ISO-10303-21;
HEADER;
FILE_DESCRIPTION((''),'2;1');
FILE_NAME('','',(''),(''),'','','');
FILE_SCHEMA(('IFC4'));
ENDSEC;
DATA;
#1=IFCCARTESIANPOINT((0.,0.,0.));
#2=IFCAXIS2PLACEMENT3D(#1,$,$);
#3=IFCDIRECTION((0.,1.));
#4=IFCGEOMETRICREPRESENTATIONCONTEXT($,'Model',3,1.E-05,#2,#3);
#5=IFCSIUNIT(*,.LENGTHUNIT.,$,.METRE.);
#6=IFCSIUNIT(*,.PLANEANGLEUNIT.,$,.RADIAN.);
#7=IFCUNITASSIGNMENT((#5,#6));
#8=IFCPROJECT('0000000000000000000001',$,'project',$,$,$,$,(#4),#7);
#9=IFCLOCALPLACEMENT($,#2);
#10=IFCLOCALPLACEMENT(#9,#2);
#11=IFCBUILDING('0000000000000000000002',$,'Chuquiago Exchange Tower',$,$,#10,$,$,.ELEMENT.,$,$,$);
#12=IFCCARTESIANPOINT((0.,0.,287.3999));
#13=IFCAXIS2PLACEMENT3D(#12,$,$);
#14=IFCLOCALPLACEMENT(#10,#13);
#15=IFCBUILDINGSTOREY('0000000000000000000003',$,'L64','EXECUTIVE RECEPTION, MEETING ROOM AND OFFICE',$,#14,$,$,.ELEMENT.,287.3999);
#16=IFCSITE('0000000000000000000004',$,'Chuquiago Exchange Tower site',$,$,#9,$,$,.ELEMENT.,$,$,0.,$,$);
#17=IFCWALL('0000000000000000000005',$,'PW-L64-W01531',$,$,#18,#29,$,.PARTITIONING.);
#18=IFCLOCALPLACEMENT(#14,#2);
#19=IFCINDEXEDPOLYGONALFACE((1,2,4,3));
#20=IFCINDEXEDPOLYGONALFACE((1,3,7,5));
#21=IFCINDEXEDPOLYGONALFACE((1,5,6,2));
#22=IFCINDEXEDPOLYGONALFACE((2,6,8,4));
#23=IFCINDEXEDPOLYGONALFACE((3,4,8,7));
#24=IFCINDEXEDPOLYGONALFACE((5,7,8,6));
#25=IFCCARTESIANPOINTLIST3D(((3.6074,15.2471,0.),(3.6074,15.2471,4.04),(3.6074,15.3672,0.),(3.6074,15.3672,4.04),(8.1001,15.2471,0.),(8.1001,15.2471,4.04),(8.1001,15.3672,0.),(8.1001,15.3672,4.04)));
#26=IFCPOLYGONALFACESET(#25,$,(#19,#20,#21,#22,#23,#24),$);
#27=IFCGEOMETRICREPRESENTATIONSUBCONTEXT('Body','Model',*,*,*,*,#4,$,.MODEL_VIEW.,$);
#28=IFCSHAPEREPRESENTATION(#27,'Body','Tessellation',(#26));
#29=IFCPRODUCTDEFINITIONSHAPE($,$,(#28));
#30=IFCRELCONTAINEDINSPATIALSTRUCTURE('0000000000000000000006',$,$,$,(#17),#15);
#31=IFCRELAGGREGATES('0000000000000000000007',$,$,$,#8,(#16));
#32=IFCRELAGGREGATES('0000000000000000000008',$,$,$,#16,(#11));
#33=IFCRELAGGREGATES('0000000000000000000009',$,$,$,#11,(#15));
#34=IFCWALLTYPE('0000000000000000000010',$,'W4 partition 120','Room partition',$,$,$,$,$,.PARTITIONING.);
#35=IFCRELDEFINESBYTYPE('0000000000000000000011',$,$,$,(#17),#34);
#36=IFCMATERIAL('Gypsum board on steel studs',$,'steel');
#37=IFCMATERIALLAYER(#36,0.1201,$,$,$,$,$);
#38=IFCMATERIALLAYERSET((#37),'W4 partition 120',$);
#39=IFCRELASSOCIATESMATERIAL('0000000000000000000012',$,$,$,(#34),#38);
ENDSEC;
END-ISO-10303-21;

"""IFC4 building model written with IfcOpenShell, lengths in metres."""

from ifc_helpers import new_model, si_unit, direction, frame, frame_2d, origin, place, context, subcontext, project, spatial, rectangle, extrude, material, layer, layer_set, type_object, element, save


model = new_model("IFC4")

# Units and contexts
model_context = context("Model", 3, precision=1e-05, world=origin(), true_north=direction((0.0, 1.0)))
body_context = subcontext(model_context, "Body", "Model", "MODEL_VIEW")
ifc_project = project(units=[si_unit("LENGTHUNIT", "METRE"), si_unit("PLANEANGLEUNIT", "RADIAN")], contexts=[model_context])

# Site, building, storey
site_placement = place(None, origin())
site = spatial("IfcSite", under=ifc_project, at=site_placement, Name="Chuquiago Exchange Tower site", CompositionType="ELEMENT", RefElevation=0.0)
building_placement = place(site_placement, origin())
building = spatial("IfcBuilding", under=site, at=building_placement, Name="Chuquiago Exchange Tower", CompositionType="ELEMENT")
storey_placement = place(building_placement, frame((0.0, 0.0, 287.3999)))
storey = spatial("IfcBuildingStorey", under=building, at=storey_placement, Name="L64", Description="EXECUTIVE RECEPTION, MEETING ROOM AND OFFICE", CompositionType="ELEMENT", Elevation=287.3999)

# Wall
ifc_material_1 = material(Name="Gypsum board on steel studs", Category="steel")
ifc_layer_1 = layer(ifc_material_1, 0.1201)
ifc_layer_set_1 = layer_set([ifc_layer_1], Name="W4 partition 120")
wall_type_1 = type_object("IfcWallType", Name="W4 partition 120", Description="Room partition", PredefinedType="PARTITIONING", material=ifc_layer_set_1)
wall_1_placement = place(storey_placement, frame((3.6074, 15.3071, 0.0), z_axis=(0.0, 0.0, 1.0), x_axis=(1.0, 0.0, 0.0)))
element("IfcWall", 1, at=wall_1_placement, inside=storey, type_object=wall_type_1, Name="PW-L64-W01531", PredefinedType="PARTITIONING", context=body_context, shape_type="SweptSolid", body=[
    extrude(rectangle(XDim=4.4927, YDim=0.1201, at=frame_2d((2.2463, 0.0))), origin(), (0.0, 0.0, 1.0), 4.04),
])

save(model, "model.ifc")
